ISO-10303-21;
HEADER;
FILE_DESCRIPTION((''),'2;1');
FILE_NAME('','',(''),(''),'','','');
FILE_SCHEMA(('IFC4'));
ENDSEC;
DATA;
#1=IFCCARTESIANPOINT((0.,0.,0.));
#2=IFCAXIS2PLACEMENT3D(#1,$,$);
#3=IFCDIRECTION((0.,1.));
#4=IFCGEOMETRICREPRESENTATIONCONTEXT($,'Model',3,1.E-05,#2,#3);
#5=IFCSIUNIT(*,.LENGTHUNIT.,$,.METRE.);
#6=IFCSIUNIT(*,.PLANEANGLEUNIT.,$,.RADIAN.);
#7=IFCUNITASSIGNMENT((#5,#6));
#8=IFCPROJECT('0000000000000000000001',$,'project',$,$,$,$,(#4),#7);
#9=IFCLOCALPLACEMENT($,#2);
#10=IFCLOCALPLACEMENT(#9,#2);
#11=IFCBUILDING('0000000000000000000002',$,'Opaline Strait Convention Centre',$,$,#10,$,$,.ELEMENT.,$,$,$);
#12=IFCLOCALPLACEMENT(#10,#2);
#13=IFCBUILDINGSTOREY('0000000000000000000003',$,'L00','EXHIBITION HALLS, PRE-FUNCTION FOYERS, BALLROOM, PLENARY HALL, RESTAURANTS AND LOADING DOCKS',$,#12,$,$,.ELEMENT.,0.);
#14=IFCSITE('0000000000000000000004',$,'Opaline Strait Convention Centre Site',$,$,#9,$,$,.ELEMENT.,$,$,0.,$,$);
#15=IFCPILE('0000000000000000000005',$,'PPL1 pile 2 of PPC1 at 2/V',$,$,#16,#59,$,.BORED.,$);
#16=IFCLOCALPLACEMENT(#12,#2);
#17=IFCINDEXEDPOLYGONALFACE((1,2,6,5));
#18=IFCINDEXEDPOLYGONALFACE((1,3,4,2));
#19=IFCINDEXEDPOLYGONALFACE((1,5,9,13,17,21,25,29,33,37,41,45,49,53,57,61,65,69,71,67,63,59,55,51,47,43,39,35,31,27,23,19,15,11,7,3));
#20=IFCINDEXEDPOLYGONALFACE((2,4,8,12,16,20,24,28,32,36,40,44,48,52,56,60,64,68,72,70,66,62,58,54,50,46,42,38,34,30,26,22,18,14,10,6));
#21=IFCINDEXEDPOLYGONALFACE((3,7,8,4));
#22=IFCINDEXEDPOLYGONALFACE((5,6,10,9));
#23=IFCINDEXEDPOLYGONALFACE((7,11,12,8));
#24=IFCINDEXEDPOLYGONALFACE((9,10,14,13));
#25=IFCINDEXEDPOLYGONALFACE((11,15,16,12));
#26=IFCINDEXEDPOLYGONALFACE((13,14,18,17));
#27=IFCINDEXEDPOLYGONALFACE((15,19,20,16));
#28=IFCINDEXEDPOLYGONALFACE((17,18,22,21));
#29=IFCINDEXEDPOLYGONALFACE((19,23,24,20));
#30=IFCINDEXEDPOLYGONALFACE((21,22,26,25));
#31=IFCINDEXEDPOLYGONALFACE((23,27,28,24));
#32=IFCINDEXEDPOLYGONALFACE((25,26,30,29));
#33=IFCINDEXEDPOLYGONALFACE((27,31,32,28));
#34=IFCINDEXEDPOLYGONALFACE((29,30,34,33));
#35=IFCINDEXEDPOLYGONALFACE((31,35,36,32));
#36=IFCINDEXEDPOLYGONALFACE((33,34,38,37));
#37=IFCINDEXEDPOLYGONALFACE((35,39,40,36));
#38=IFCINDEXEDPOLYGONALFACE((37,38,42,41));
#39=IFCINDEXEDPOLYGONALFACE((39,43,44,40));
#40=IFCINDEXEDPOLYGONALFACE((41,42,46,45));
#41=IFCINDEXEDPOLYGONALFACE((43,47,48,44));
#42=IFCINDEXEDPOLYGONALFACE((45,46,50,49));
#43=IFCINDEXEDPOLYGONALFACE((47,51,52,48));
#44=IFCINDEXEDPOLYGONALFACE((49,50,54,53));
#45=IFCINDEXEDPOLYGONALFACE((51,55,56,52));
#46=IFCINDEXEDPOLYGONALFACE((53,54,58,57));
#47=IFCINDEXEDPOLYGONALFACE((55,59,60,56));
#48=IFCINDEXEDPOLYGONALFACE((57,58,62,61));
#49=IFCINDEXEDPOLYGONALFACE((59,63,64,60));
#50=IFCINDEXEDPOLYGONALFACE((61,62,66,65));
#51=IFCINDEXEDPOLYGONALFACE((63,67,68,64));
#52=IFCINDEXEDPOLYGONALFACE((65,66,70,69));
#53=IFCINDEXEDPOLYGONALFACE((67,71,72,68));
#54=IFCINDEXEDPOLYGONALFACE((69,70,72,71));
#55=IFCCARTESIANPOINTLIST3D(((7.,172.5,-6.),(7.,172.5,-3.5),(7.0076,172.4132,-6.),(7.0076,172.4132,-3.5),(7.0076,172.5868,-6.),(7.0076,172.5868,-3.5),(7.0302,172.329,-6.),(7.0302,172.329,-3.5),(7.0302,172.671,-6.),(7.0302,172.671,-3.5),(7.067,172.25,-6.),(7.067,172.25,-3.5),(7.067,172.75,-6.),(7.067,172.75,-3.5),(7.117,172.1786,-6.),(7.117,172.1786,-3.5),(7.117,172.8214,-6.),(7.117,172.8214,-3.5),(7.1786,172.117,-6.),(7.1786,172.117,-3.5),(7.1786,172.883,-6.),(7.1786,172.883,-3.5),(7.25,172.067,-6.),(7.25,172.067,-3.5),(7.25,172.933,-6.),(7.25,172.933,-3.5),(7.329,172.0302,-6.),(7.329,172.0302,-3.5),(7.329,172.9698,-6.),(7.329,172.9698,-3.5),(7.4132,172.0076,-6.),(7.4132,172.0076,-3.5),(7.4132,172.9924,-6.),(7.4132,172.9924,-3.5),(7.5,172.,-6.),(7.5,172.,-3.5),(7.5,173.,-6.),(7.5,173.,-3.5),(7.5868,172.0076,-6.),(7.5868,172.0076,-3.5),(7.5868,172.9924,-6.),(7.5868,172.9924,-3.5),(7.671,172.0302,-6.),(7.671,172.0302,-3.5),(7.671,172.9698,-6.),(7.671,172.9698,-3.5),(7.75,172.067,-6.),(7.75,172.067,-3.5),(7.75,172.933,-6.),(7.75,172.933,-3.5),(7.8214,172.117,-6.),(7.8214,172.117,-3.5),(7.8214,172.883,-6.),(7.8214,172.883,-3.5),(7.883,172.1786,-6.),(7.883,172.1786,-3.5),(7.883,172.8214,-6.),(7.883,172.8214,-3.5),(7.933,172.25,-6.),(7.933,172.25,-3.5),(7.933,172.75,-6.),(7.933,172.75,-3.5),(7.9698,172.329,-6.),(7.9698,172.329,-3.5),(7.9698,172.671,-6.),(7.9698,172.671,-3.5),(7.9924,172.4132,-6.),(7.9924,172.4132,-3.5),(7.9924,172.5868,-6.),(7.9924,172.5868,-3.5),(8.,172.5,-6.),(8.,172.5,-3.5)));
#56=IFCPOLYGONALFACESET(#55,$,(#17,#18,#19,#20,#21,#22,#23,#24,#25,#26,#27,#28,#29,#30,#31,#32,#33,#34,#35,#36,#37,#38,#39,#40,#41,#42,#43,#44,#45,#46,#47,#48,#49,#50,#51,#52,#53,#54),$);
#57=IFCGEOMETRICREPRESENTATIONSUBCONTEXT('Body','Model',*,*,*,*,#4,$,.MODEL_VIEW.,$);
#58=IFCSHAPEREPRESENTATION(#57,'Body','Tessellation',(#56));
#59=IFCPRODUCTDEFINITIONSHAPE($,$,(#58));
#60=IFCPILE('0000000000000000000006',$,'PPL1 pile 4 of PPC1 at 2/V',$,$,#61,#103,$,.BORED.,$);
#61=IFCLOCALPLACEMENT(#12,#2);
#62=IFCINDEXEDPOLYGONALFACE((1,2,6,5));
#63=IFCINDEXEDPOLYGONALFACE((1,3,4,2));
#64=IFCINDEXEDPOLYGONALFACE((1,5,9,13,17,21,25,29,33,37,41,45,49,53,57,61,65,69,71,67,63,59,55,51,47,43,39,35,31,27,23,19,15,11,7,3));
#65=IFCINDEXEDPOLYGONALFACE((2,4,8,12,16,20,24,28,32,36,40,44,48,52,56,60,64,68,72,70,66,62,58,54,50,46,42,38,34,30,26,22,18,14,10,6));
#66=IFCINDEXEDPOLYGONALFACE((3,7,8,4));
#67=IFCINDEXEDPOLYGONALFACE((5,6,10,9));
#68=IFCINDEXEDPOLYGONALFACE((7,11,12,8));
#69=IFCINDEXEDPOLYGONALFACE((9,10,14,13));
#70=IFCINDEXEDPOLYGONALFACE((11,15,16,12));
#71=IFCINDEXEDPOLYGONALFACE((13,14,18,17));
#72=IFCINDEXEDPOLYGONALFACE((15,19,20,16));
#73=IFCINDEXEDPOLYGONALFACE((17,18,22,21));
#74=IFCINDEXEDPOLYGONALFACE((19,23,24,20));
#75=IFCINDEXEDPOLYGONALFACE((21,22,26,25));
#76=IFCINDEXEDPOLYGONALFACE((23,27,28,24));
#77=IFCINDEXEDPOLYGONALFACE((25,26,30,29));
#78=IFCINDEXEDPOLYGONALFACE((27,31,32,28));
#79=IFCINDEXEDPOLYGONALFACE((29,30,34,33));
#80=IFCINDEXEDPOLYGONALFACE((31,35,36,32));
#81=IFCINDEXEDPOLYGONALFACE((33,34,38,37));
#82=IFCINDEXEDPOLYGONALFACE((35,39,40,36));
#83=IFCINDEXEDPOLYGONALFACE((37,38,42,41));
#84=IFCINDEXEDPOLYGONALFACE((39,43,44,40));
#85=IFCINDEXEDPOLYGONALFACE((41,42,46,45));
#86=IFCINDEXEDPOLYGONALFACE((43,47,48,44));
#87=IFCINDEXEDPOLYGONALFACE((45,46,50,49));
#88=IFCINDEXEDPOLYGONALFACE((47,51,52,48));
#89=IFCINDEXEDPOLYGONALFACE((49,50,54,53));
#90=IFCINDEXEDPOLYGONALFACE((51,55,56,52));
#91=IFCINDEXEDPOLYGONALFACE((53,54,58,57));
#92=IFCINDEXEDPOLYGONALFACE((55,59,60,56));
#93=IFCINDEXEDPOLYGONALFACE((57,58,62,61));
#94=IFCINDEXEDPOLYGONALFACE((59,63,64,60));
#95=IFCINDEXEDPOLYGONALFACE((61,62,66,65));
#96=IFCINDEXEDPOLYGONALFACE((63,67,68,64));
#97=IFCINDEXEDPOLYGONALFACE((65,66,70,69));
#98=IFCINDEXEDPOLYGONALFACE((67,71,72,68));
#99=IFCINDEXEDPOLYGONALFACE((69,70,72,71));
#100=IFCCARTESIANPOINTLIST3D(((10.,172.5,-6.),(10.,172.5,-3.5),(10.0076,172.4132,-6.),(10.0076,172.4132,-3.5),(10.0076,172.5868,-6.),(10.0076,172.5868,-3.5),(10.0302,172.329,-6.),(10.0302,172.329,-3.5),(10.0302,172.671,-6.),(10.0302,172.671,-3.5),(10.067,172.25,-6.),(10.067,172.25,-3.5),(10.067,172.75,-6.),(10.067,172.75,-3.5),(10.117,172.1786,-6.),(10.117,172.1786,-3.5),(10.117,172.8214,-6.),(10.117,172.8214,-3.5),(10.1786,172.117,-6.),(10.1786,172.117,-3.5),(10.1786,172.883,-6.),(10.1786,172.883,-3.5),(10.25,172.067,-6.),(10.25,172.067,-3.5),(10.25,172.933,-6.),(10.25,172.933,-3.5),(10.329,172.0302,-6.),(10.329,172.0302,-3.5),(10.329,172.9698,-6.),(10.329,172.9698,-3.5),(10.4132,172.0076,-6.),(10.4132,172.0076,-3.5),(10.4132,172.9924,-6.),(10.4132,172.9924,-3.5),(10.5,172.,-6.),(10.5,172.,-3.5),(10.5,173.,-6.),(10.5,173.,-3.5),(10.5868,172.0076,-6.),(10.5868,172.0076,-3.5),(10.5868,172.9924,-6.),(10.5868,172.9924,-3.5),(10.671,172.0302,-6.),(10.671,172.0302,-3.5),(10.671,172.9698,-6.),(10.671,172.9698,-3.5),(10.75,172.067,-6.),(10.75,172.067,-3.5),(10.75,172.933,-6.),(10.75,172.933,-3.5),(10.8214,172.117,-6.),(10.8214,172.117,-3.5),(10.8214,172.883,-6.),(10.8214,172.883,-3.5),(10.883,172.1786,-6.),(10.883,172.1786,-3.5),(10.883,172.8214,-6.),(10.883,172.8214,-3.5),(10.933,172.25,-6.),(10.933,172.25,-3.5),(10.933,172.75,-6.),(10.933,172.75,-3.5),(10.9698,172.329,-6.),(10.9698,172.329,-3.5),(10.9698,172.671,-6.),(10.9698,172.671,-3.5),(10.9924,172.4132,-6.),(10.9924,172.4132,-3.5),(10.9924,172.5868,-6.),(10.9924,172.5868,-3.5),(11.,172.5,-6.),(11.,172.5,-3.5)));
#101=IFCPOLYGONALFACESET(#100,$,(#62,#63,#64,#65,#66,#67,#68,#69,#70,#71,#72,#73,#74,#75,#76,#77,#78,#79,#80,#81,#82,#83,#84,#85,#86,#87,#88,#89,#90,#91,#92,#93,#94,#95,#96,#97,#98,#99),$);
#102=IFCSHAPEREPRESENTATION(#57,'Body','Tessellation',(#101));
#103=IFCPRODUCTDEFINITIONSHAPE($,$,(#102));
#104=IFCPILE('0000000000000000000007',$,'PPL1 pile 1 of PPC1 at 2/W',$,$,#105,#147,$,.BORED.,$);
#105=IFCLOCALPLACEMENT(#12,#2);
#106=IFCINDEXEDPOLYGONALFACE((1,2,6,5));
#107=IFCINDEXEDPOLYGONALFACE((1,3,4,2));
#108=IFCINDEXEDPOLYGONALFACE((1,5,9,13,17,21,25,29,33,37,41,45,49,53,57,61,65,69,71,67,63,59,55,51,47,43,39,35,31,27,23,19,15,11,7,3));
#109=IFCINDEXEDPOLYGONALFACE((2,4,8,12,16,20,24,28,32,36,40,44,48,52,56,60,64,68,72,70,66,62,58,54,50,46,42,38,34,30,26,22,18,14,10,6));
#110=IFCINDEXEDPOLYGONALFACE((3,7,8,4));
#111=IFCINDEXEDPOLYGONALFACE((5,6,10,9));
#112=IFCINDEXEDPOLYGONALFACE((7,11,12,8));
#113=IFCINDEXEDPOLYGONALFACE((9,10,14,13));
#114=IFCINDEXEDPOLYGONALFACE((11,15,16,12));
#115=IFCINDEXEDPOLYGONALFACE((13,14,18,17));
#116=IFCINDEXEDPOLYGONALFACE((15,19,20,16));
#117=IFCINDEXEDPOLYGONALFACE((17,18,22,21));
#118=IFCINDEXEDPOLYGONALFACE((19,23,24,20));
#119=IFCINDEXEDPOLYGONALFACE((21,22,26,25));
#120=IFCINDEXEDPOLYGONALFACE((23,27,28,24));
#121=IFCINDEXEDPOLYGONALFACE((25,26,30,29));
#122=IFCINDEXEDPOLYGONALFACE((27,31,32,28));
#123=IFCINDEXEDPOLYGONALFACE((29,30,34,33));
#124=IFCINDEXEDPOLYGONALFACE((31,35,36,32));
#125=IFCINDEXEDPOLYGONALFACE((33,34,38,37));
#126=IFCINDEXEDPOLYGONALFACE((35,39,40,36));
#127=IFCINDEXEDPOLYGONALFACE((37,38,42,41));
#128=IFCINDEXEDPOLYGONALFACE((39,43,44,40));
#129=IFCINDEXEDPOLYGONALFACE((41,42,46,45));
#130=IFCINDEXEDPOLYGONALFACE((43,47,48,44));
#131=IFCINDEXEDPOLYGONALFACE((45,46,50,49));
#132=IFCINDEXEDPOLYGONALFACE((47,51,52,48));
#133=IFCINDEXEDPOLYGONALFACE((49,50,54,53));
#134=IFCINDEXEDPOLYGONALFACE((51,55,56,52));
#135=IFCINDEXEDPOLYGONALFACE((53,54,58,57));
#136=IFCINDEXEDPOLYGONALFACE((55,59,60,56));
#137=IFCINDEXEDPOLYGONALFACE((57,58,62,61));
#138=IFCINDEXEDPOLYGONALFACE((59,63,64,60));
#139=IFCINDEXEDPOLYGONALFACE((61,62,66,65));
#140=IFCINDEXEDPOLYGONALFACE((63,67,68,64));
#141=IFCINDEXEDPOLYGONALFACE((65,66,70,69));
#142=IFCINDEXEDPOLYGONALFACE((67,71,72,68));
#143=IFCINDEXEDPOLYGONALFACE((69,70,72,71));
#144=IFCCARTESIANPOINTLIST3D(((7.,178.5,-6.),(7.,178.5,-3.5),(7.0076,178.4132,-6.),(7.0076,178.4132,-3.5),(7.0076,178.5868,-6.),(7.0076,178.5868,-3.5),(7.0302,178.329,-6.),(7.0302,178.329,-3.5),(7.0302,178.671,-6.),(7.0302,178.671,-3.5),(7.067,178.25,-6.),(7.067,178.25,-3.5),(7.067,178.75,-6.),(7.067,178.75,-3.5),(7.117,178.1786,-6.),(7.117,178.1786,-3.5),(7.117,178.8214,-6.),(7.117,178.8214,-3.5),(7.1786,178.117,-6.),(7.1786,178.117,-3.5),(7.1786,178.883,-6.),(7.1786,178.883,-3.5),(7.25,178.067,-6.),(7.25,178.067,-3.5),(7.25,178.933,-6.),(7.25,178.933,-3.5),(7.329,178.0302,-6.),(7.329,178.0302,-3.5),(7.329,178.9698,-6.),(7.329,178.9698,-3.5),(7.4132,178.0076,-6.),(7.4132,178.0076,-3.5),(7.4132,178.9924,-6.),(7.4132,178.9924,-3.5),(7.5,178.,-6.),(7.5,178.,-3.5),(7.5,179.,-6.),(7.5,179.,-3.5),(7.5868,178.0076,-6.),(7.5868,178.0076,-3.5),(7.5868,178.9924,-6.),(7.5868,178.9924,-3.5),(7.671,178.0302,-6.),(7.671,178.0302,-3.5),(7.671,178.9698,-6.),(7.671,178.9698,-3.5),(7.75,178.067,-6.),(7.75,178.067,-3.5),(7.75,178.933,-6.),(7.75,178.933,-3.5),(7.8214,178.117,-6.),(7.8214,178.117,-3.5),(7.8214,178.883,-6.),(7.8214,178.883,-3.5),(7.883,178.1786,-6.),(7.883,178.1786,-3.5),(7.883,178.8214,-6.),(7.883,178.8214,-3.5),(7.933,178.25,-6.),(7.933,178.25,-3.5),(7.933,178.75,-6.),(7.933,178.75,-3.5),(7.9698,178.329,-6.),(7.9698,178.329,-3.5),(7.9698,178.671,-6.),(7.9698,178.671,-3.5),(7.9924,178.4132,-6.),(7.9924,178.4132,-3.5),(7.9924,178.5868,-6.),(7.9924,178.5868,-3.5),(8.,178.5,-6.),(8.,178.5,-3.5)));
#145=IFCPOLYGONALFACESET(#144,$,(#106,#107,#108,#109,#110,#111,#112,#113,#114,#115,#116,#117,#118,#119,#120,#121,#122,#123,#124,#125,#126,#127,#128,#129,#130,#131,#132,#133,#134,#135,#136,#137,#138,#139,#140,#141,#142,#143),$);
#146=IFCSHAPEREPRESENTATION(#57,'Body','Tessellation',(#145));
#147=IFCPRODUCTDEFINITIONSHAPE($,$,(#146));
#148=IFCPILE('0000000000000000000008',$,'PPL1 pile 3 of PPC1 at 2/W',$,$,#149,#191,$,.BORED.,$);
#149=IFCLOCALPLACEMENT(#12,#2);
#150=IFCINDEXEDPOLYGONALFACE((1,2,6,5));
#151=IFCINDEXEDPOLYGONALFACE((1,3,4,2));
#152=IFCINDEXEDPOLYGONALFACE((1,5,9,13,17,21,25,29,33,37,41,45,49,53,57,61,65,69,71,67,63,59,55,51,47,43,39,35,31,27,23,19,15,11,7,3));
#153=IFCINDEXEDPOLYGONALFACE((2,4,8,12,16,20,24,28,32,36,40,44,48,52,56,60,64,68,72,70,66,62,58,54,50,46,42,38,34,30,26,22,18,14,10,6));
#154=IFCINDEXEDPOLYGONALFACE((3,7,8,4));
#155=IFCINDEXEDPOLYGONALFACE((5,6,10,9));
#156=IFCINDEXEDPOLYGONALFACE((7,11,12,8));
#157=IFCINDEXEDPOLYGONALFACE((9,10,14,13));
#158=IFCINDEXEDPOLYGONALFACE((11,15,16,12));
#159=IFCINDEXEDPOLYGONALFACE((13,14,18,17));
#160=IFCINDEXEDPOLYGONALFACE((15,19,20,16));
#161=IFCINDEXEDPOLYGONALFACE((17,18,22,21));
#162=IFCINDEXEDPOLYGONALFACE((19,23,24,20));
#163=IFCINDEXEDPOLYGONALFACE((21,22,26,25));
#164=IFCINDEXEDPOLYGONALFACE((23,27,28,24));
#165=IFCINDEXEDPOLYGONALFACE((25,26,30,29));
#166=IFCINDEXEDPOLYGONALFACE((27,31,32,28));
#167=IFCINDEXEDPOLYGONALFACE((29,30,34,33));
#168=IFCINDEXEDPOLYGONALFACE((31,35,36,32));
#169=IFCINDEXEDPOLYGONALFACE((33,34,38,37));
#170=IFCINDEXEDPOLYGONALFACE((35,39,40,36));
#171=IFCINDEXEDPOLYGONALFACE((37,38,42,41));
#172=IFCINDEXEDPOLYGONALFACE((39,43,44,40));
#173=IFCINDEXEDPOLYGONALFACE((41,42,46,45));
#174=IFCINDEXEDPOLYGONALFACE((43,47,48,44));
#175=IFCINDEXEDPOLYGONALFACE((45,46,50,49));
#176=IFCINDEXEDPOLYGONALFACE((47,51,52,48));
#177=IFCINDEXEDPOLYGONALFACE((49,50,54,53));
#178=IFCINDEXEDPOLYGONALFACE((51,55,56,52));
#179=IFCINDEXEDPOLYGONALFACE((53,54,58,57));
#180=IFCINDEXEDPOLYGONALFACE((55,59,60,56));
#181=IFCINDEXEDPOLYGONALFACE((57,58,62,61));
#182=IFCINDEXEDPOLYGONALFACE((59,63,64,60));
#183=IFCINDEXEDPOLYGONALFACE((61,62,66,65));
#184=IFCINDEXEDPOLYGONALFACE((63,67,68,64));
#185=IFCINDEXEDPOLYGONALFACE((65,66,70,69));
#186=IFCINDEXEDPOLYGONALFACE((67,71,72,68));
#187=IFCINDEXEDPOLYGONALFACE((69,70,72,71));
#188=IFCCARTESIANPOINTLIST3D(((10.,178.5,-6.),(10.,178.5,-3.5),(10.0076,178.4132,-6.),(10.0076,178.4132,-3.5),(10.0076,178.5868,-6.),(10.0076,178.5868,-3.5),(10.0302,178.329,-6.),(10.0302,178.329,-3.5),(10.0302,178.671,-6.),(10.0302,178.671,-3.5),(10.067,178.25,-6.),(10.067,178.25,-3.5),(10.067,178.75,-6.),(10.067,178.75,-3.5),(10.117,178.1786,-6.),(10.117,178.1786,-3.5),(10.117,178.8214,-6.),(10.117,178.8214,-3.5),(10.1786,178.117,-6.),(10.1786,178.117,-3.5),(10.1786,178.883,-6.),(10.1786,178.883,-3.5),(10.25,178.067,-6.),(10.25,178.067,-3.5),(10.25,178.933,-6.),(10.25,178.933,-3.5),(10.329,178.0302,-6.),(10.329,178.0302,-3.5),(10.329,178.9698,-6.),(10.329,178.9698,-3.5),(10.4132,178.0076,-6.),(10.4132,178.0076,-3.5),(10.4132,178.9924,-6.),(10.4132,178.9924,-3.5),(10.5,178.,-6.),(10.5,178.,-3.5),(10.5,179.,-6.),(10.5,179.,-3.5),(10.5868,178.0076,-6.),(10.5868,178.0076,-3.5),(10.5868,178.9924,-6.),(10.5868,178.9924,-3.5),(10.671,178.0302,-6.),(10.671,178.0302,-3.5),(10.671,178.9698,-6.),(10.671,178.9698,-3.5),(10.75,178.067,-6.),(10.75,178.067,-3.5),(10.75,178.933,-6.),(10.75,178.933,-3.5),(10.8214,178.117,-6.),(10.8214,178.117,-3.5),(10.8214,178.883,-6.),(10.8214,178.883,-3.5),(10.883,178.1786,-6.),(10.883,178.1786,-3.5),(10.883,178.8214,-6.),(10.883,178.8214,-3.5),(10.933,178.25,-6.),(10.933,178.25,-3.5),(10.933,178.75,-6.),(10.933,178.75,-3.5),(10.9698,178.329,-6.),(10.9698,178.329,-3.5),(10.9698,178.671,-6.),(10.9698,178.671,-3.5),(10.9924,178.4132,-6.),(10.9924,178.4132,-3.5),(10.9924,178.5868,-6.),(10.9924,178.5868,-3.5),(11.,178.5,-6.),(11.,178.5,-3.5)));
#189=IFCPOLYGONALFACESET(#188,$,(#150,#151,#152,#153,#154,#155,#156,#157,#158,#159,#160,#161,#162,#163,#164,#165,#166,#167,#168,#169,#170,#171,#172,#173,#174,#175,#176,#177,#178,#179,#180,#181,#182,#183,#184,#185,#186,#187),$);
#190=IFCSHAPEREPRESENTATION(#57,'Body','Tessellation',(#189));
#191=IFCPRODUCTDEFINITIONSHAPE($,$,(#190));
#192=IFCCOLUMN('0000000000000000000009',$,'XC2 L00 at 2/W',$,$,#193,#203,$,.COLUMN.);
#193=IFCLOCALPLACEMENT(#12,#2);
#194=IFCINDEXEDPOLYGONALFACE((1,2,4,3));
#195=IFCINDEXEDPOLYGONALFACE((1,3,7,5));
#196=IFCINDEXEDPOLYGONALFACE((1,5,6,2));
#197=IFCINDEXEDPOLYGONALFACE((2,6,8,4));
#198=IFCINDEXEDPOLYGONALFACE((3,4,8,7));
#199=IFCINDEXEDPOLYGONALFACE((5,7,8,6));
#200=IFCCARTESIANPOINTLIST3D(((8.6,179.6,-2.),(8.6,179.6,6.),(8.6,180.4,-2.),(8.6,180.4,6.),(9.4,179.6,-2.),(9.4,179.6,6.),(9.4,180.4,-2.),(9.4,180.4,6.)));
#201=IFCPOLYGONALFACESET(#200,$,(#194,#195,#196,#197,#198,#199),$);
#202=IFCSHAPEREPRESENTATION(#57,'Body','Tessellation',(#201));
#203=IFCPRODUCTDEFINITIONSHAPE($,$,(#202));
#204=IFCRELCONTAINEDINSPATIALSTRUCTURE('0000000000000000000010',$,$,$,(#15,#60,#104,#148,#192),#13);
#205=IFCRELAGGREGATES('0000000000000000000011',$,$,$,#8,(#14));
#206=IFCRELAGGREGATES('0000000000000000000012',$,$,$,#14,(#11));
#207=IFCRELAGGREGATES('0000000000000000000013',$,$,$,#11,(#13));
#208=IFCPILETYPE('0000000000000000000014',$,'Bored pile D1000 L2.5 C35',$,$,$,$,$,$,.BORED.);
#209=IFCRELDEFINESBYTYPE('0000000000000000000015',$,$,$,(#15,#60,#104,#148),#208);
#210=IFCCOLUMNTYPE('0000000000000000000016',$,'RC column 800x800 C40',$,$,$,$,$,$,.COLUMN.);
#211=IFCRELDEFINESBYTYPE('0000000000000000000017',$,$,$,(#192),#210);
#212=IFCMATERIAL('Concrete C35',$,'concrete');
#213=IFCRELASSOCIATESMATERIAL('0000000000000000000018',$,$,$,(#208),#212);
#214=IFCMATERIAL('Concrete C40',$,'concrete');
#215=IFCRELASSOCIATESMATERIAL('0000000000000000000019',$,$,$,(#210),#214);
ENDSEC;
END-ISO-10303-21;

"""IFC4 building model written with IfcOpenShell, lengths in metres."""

from ifc_helpers import new_model, si_unit, direction, frame, origin, origin_2d, place, context, subcontext, project, spatial, rectangle, circle, extrude, material, material_profile, profile_set, type_object, element, save


model = new_model("IFC4")

# Units and contexts
model_context = context("Model", 3, precision=1e-05, world=origin(), true_north=direction((0.0, 1.0)))
body_context = subcontext(model_context, "Body", "Model", "MODEL_VIEW")
ifc_project = project(units=[si_unit("LENGTHUNIT", "METRE"), si_unit("PLANEANGLEUNIT", "RADIAN")], contexts=[model_context])

# Site, building, storey
site_placement = place(None, origin())
site = spatial("IfcSite", under=ifc_project, at=site_placement, Name="Opaline Strait Convention Centre Site", CompositionType="ELEMENT", RefElevation=0.0)
building_placement = place(site_placement, origin())
building = spatial("IfcBuilding", under=site, at=building_placement, Name="Opaline Strait Convention Centre", CompositionType="ELEMENT")
storey_placement = place(building_placement, origin())
storey = spatial("IfcBuildingStorey", under=building, at=storey_placement, Name="L00", Description="EXHIBITION HALLS, PRE-FUNCTION FOYERS, BALLROOM, PLENARY HALL, RESTAURANTS AND LOADING DOCKS", CompositionType="ELEMENT", Elevation=0.0)

# Piles
ifc_material_1 = material(Name="Concrete C35", Category="concrete")
ifc_material_profile_1 = material_profile(ifc_material_1, circle(Radius=0.5, at=origin_2d()), Name="D1000")
ifc_profile_set_1 = profile_set([ifc_material_profile_1], Name="Concrete C35")
pile_type = type_object("IfcPileType", Name="Bored pile D1000 L2.5 C35", PredefinedType="BORED", material=ifc_profile_set_1)
for number, where, z_axis, x_axis, name in (
    (1, (7.5, 172.5, -3.5), (0.0, 0.0, -1.0), (1.0, 0.0, 0.0), "PPL1 pile 2 of PPC1 at 2/V"),
    (2, (10.5, 172.5, -3.5), (0.0, 0.0, -1.0), (1.0, 0.0, 0.0), "PPL1 pile 4 of PPC1 at 2/V"),
    (3, (7.5, 178.5, -3.5), (0.0, 0.0, -1.0), (1.0, 0.0, 0.0), "PPL1 pile 1 of PPC1 at 2/W"),
    (4, (10.5, 178.5, -3.5), (0.0, 0.0, -1.0), (1.0, 0.0, 0.0), "PPL1 pile 3 of PPC1 at 2/W"),
):
    element("IfcPile", number, at=place(storey_placement, frame(where, z_axis=z_axis, x_axis=x_axis)), inside=storey, type_object=pile_type, Name=name, PredefinedType="BORED", context=body_context, shape_type="SweptSolid", body=[
        extrude(circle(Radius=0.5, at=origin_2d()), origin(), (0.0, 0.0, 1.0), 2.5),
    ])

# Column
ifc_material_2 = material(Name="Concrete C40", Category="concrete")
ifc_material_profile_2 = material_profile(ifc_material_2, rectangle(XDim=0.8, YDim=0.8, at=origin_2d()), Name="RC 800x800")
ifc_profile_set_2 = profile_set([ifc_material_profile_2], Name="Concrete C40")
column_type = type_object("IfcColumnType", Name="RC column 800x800 C40", PredefinedType="COLUMN", material=ifc_profile_set_2)
column_placement = place(storey_placement, frame((9.0, 180.0, -2.0), z_axis=(0.0, 0.0, 1.0), x_axis=(1.0, 0.0, 0.0)))
element("IfcColumn", 5, at=column_placement, inside=storey, type_object=column_type, Name="XC2 L00 at 2/W", PredefinedType="COLUMN", context=body_context, shape_type="SweptSolid", body=[
    extrude(rectangle(XDim=0.8, YDim=0.8, at=origin_2d()), origin(), (0.0, 0.0, 1.0), 8.0),
])

save(model, "model.ifc")
